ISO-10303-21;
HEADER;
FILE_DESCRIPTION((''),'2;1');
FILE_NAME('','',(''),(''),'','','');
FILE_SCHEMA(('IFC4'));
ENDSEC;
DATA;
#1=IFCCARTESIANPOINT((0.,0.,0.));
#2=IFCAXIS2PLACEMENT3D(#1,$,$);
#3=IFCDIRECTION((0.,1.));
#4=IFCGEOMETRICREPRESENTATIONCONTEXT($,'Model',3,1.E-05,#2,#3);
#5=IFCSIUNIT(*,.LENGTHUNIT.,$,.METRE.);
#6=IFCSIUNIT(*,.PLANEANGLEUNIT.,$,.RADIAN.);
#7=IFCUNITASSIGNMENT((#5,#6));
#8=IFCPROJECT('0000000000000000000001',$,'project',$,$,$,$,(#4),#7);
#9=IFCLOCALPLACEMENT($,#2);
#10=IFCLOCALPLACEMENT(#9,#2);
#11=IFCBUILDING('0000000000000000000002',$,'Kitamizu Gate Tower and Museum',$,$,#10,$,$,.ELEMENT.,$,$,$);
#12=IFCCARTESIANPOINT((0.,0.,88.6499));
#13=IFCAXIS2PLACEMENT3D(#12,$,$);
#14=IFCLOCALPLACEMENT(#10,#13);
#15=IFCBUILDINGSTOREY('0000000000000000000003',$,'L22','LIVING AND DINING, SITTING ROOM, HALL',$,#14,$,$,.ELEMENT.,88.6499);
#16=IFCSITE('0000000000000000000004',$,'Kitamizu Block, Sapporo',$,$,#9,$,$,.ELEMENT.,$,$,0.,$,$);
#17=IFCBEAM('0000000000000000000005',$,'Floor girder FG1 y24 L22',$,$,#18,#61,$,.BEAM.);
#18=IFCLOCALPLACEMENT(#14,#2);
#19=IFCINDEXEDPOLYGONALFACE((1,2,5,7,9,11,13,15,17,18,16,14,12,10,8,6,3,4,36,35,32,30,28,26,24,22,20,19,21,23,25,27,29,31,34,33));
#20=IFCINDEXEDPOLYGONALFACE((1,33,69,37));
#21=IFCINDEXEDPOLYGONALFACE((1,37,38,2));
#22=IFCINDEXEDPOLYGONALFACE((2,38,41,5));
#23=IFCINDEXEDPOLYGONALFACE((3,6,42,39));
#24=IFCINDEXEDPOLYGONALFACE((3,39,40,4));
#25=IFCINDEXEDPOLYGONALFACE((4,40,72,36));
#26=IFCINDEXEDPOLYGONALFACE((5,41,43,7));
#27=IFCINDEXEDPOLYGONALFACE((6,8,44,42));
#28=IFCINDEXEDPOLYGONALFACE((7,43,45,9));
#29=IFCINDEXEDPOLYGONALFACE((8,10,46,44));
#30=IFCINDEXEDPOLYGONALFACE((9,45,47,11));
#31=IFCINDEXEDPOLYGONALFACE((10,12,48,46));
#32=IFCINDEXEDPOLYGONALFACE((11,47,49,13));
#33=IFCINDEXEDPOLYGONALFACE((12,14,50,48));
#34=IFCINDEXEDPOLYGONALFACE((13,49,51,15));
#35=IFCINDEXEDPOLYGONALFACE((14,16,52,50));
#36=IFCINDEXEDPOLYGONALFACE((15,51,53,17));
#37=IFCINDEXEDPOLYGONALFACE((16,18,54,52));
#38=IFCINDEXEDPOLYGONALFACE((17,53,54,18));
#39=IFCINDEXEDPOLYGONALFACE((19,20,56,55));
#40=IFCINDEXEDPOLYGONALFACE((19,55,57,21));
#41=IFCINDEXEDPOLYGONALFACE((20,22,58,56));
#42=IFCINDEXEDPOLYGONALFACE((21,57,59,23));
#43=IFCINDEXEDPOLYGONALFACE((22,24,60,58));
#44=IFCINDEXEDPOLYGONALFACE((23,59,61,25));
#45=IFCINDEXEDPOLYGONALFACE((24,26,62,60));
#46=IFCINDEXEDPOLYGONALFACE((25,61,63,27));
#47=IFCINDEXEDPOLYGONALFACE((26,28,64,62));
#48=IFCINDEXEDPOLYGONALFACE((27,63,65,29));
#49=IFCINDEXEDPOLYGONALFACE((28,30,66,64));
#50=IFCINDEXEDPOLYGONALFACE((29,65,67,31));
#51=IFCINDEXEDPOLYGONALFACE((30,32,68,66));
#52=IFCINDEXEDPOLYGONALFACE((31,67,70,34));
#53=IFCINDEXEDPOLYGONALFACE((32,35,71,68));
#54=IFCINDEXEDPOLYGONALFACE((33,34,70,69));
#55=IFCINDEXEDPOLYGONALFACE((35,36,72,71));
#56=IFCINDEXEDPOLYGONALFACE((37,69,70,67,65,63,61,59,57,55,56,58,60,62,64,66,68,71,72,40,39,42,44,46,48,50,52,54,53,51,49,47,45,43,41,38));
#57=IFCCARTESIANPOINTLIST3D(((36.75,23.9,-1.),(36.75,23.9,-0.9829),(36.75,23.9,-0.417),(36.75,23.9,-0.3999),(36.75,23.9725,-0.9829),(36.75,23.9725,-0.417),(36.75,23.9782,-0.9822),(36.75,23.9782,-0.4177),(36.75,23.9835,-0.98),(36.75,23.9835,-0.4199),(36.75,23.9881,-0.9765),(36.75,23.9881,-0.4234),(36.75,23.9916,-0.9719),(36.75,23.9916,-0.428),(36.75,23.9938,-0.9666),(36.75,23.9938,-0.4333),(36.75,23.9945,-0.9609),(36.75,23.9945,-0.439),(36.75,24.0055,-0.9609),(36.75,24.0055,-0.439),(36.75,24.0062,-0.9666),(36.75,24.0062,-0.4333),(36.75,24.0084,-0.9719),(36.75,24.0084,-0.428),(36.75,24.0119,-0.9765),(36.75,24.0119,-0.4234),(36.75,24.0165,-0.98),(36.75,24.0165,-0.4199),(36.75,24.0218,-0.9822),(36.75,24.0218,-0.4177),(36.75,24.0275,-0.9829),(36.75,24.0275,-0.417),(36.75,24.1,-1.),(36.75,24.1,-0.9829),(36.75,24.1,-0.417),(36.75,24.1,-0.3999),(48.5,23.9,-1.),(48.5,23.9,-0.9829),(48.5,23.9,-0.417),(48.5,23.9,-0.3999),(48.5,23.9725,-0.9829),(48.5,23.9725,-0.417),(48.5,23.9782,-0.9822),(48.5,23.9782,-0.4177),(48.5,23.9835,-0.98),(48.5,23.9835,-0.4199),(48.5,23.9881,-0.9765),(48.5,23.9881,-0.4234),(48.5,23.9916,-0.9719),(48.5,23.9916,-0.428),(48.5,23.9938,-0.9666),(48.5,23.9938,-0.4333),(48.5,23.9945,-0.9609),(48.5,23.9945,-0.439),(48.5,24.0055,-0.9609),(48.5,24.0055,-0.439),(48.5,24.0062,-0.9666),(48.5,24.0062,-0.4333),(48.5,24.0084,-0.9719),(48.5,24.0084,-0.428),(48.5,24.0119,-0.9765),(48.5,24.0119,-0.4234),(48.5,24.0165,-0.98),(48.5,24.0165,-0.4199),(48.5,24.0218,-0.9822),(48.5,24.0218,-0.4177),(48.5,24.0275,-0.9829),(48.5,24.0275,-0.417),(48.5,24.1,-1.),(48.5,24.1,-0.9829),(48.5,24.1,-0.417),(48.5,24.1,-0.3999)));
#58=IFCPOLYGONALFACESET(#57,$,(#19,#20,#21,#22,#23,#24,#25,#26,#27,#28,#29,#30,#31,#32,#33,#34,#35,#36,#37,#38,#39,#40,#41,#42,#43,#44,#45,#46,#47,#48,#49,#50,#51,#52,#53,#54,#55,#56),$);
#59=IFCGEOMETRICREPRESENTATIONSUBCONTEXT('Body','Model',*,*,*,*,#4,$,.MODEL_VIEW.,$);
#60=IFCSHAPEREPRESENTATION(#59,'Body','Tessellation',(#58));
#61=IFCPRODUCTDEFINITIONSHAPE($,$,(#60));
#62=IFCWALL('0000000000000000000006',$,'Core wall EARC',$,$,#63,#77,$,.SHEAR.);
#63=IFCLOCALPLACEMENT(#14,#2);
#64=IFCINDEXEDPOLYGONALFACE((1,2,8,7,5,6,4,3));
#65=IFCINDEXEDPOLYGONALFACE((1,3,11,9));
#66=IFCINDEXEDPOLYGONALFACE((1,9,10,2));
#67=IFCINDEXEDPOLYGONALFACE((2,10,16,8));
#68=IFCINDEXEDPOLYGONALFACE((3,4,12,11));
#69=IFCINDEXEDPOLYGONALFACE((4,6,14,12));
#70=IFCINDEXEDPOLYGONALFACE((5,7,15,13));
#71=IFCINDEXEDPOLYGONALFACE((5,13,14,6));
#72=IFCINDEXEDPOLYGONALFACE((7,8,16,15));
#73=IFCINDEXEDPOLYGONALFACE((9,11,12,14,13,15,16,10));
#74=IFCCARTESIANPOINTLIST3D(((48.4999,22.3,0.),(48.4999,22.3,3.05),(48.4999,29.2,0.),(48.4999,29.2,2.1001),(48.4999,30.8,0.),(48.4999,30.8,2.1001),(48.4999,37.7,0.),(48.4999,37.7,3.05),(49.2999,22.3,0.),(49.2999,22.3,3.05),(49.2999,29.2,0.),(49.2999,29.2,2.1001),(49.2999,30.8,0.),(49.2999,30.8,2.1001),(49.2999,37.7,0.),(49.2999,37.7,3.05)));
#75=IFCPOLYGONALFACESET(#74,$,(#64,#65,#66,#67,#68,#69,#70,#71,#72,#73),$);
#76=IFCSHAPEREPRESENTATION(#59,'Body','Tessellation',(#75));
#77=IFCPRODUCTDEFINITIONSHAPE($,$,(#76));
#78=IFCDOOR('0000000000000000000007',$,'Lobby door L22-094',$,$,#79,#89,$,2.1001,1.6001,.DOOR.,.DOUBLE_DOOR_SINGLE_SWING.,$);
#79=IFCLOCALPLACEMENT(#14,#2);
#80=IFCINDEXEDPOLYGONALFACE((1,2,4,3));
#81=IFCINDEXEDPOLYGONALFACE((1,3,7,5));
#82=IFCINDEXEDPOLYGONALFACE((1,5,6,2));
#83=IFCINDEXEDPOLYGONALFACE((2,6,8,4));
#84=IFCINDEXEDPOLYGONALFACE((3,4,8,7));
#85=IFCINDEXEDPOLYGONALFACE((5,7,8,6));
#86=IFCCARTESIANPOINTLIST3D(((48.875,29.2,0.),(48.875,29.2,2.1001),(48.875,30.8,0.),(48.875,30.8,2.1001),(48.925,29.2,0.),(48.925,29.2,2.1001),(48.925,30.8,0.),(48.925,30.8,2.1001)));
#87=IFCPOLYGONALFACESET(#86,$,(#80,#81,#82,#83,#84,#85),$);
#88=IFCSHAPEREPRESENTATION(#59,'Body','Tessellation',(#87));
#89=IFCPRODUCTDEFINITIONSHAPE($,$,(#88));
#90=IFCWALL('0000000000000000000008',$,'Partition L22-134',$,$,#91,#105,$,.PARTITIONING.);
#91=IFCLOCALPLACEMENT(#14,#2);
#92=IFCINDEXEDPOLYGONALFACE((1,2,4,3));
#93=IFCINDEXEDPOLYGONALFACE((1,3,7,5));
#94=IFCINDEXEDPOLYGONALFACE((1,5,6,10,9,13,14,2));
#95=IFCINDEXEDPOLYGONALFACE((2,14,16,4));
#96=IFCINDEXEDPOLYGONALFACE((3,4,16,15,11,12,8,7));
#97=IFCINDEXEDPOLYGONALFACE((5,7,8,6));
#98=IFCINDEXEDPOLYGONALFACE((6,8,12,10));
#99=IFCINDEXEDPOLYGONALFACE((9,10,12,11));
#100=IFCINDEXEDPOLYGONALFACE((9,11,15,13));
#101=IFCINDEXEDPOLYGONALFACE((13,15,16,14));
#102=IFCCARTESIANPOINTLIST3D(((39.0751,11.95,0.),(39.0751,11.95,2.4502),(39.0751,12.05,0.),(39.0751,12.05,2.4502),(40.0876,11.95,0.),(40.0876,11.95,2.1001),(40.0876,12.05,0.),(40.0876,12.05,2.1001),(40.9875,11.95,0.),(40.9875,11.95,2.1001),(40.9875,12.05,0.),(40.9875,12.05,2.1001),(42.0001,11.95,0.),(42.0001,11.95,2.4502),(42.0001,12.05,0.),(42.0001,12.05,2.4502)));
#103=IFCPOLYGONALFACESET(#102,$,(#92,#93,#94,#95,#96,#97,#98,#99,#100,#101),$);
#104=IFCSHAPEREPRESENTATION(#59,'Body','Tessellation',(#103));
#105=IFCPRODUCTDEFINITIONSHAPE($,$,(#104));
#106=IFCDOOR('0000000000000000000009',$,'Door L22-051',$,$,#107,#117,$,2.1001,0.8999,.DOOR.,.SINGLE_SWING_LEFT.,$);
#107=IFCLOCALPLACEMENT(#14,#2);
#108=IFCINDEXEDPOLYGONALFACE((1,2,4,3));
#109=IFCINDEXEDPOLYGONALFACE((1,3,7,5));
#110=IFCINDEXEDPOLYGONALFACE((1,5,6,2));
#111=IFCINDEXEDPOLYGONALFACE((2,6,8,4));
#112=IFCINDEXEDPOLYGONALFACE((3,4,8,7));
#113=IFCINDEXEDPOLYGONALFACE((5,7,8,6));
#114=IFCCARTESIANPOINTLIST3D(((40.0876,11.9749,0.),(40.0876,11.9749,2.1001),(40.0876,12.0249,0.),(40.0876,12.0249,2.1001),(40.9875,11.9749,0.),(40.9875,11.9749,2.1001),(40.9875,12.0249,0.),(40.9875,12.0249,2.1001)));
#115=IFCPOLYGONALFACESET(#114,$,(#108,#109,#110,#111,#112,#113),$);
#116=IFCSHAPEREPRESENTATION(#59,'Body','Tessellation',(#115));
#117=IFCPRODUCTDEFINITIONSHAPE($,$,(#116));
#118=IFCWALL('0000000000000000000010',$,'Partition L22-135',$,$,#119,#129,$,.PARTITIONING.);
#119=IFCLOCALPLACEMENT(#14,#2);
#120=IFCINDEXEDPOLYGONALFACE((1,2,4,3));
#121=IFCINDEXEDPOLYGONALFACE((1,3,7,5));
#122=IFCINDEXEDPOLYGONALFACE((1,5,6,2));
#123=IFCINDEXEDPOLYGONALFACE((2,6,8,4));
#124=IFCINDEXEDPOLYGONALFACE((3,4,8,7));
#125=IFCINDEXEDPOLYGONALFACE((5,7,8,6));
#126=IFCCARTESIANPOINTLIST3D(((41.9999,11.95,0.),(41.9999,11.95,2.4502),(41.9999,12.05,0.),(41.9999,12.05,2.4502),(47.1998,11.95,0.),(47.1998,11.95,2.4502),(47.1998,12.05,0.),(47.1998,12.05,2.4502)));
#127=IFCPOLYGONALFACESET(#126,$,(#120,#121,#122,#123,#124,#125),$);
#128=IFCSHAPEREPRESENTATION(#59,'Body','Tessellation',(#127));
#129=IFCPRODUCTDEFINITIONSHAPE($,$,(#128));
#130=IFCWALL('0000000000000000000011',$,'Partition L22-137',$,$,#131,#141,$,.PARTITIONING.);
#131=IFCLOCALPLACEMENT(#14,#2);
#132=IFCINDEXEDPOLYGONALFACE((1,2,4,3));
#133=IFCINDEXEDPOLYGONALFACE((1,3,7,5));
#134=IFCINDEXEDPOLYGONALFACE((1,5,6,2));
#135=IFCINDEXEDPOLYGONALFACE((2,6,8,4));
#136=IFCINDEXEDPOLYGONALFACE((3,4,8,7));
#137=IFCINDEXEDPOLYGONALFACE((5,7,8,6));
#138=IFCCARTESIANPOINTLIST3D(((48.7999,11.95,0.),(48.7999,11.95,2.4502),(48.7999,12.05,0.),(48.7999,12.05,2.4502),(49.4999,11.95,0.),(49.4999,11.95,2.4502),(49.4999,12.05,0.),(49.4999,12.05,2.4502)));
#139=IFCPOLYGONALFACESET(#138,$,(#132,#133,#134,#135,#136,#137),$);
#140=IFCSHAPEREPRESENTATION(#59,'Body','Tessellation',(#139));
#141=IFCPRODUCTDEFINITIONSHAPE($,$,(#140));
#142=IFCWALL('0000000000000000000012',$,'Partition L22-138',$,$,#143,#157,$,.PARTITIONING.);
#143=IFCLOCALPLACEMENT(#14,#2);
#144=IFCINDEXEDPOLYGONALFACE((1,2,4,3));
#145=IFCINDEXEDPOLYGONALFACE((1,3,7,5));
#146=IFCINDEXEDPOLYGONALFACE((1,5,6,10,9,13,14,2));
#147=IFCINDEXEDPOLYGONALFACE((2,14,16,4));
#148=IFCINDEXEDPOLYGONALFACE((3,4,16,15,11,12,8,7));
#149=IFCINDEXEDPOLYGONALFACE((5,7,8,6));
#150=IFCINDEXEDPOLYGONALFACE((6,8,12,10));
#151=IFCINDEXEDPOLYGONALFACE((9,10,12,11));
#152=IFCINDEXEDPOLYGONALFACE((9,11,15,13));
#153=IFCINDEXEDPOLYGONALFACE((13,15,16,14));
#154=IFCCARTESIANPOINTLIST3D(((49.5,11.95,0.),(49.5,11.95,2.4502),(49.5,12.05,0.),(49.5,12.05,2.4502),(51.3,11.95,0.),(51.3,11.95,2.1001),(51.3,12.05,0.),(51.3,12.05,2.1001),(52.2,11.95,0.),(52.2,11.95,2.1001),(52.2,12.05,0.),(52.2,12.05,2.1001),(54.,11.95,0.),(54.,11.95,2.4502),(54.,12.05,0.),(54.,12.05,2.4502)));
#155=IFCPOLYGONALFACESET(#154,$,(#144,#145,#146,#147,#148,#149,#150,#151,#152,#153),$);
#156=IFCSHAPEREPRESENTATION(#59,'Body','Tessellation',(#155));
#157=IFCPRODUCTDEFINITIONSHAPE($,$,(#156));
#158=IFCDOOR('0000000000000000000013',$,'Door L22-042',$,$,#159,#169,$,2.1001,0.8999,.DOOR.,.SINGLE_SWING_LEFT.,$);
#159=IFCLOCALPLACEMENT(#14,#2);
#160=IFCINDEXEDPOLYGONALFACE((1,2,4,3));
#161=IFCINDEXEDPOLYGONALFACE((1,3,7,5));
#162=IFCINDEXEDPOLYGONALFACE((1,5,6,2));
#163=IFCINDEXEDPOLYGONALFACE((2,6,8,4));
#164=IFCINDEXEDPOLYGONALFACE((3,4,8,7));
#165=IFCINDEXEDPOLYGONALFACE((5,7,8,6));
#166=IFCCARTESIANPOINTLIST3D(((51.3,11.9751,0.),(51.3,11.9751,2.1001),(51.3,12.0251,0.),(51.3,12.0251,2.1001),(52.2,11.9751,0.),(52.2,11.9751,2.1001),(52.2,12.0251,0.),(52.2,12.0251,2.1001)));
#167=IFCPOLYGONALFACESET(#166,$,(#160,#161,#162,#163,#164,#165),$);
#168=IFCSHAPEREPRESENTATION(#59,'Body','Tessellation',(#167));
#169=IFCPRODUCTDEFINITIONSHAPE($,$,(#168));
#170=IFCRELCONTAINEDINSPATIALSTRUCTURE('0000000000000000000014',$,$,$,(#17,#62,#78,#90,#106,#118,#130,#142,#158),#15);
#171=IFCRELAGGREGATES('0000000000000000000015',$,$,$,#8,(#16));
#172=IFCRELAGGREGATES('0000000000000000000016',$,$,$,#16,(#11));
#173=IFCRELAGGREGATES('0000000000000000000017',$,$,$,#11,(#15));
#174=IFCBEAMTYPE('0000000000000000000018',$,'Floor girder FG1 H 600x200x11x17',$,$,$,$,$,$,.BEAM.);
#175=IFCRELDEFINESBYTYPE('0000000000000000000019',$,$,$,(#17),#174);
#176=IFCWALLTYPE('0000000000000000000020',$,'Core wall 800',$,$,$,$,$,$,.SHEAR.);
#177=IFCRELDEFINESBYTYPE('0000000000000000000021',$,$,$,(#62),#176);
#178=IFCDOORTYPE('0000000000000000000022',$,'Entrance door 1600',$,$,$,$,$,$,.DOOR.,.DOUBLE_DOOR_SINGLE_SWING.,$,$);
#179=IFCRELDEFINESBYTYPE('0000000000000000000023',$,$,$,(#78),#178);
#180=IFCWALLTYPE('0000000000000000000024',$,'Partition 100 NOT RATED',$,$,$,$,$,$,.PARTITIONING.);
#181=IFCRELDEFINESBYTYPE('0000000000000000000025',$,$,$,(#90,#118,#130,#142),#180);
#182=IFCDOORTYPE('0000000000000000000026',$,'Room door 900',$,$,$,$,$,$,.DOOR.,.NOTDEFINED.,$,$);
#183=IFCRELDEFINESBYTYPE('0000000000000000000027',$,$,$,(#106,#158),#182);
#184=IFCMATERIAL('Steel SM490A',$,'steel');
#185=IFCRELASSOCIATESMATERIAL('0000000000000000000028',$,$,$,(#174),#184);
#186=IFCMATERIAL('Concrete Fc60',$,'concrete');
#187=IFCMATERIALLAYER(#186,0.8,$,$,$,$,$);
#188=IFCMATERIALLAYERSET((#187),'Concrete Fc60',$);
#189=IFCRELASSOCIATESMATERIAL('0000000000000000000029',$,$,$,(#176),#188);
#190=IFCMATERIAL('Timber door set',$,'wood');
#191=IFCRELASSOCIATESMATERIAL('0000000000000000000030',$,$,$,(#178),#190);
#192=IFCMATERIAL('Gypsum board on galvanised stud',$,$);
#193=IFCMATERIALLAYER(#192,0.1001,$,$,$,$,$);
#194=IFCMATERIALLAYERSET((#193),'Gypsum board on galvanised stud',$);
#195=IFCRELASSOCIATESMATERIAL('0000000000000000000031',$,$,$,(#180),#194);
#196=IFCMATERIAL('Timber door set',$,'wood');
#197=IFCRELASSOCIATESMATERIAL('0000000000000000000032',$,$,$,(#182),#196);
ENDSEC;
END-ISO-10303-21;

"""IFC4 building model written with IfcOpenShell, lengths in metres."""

from ifc_helpers import new_model, si_unit, direction, frame, frame_2d, origin, origin_2d, place, context, subcontext, project, spatial, rectangle, i_section, extrude, material, layer, layer_set, material_profile, profile_set, type_object, element, fill, save


model = new_model("IFC4")

# Units and contexts
model_context = context("Model", 3, precision=1e-05, world=origin(), true_north=direction((0.0, 1.0)))
body_context = subcontext(model_context, "Body", "Model", "MODEL_VIEW")
ifc_project = project(units=[si_unit("LENGTHUNIT", "METRE"), si_unit("PLANEANGLEUNIT", "RADIAN")], contexts=[model_context])

# Site, building, storey
site_placement = place(None, origin())
site = spatial("IfcSite", under=ifc_project, at=site_placement, Name="Kitamizu Block, Sapporo", CompositionType="ELEMENT", RefElevation=0.0)
building_placement = place(site_placement, origin())
building = spatial("IfcBuilding", under=site, at=building_placement, Name="Kitamizu Gate Tower and Museum", CompositionType="ELEMENT")
storey_placement = place(building_placement, frame((0.0, 0.0, 88.6499)))
storey = spatial("IfcBuildingStorey", under=building, at=storey_placement, Name="L22", Description="LIVING AND DINING, SITTING ROOM, HALL", CompositionType="ELEMENT", Elevation=88.6499)

# Beam
ifc_material_1 = material(Name="Steel SM490A", Category="steel")
ifc_material_profile_1 = material_profile(ifc_material_1, i_section(OverallWidth=0.2, OverallDepth=0.6001, WebThickness=0.011, FlangeThickness=0.0171, FilletRadius=0.022, at=origin_2d()), Name="H-600x200x11x17")
ifc_profile_set_1 = profile_set([ifc_material_profile_1], Name="Steel SM490A")
beam_type_1 = type_object("IfcBeamType", Name="Floor girder FG1 H 600x200x11x17", PredefinedType="BEAM", material=ifc_profile_set_1)
beam_1_placement = place(storey_placement, frame((36.75, 24.0, -0.7), z_axis=(1.0, 0.0, 0.0), x_axis=(0.0, 1.0, 0.0)))
element("IfcBeam", 1, at=beam_1_placement, inside=storey, type_object=beam_type_1, Name="Floor girder FG1 y24 L22", PredefinedType="BEAM", context=body_context, shape_type="SweptSolid", body=[
    extrude(i_section(OverallWidth=0.2, OverallDepth=0.6001, WebThickness=0.011, FlangeThickness=0.0171, FilletRadius=0.022, at=origin_2d()), origin(), (0.0, 0.0, 1.0), 11.75),
])

# Walls, openings, doors
ifc_material_2 = material(Name="Concrete Fc60", Category="concrete")
ifc_layer_1 = layer(ifc_material_2, 0.8)
ifc_layer_set_1 = layer_set([ifc_layer_1], Name="Concrete Fc60")
wall_type_1 = type_object("IfcWallType", Name="Core wall 800", PredefinedType="SHEAR", material=ifc_layer_set_1)
wall_1_placement = place(storey_placement, frame((48.8999, 22.3, 0.0), z_axis=(0.0, 0.0, 1.0), x_axis=(0.0, 1.0, 0.0)))
wall_1 = element("IfcWall", 2, at=wall_1_placement, inside=storey, type_object=wall_type_1, Name="Core wall EARC", PredefinedType="SHEAR", context=body_context, shape_type="SweptSolid", body=[
    extrude(rectangle(XDim=15.3999, YDim=0.8, at=frame_2d((7.7, 0.0))), origin(), (0.0, 0.0, 1.0), 3.05),
])
opening_1_placement = place(wall_1_placement, frame((6.8999, 0.0, 0.0)))
opening_1 = element("IfcOpeningElement", 3, at=opening_1_placement, cuts=wall_1, PredefinedType="OPENING", context=body_context, shape_type="SweptSolid", body=[
    extrude(rectangle(XDim=1.6001, YDim=2.1001, at=frame_2d((0.8, 1.05))), frame((0.0, 0.4102, 0.0), z_axis=(0.0, -1.0, 0.0), x_axis=(1.0, 0.0, 0.0)), (0.0, 0.0, 1.0), 0.8201),
])
ifc_material_3 = material(Name="Timber door set", Category="wood")
door_type_1 = type_object("IfcDoorType", Name="Entrance door 1600", OperationType="DOUBLE_DOOR_SINGLE_SWING", PredefinedType="DOOR", material=ifc_material_3)
door_1_placement = place(opening_1_placement, origin())
door_1 = element("IfcDoor", 4, at=door_1_placement, inside=storey, type_object=door_type_1, Name="Lobby door L22-094", OperationType="DOUBLE_DOOR_SINGLE_SWING", OverallHeight=2.1001, OverallWidth=1.6001, PredefinedType="DOOR", context=body_context, shape_type="SweptSolid", body=[
    extrude(rectangle(XDim=1.6001, YDim=2.1001, at=frame_2d((0.8, 1.05))), frame((0.0, 0.0249, 0.0), z_axis=(0.0, -1.0, 0.0), x_axis=(1.0, 0.0, 0.0)), (0.0, 0.0, 1.0), 0.05),
])
fill(opening_1, door_1)
ifc_material_4 = material(Name="Gypsum board on galvanised stud")
ifc_layer_2 = layer(ifc_material_4, 0.1001)
ifc_layer_set_2 = layer_set([ifc_layer_2], Name="Gypsum board on galvanised stud")
wall_type_2 = type_object("IfcWallType", Name="Partition 100 NOT RATED", PredefinedType="PARTITIONING", material=ifc_layer_set_2)
wall_2_placement = place(storey_placement, frame((42.0, 12.0, 0.0), z_axis=(0.0, 0.0, 1.0), x_axis=(-1.0, 0.0, 0.0)))
wall_2 = element("IfcWall", 5, at=wall_2_placement, inside=storey, type_object=wall_type_2, Name="Partition L22-134", PredefinedType="PARTITIONING", context=body_context, shape_type="SweptSolid", body=[
    extrude(rectangle(XDim=2.925, YDim=0.1001, at=frame_2d((1.4624, 0.0))), origin(), (0.0, 0.0, 1.0), 2.4502),
])
opening_2_placement = place(wall_2_placement, frame((1.0125, 0.0, 0.0)))
opening_2 = element("IfcOpeningElement", 6, at=opening_2_placement, cuts=wall_2, PredefinedType="OPENING", context=body_context, shape_type="SweptSolid", body=[
    extrude(rectangle(XDim=0.8999, YDim=2.1001, at=frame_2d((0.45, 1.05))), frame((0.0, 0.0601, 0.0), z_axis=(0.0, -1.0, 0.0), x_axis=(1.0, 0.0, 0.0)), (0.0, 0.0, 1.0), 0.1201),
])
ifc_material_5 = material(Name="Timber door set", Category="wood")
door_type_2 = type_object("IfcDoorType", Name="Room door 900", OperationType="NOTDEFINED", PredefinedType="DOOR", material=ifc_material_5)
door_2_placement = place(opening_2_placement, frame((0.8999, 0.0, 0.0), x_axis=(-1.0, 0.0, 0.0)))
door_2 = element("IfcDoor", 7, at=door_2_placement, inside=storey, type_object=door_type_2, Name="Door L22-051", OperationType="SINGLE_SWING_LEFT", OverallHeight=2.1001, OverallWidth=0.8999, PredefinedType="DOOR", context=body_context, shape_type="SweptSolid", body=[
    extrude(rectangle(XDim=0.8999, YDim=2.1001, at=frame_2d((0.45, 1.05))), frame((0.0, 0.0249, 0.0), z_axis=(0.0, -1.0, 0.0), x_axis=(1.0, 0.0, 0.0)), (0.0, 0.0, 1.0), 0.05),
])
fill(opening_2, door_2)

# Walls
wall_3_placement = place(storey_placement, frame((47.2, 12.0, 0.0), z_axis=(0.0, 0.0, 1.0), x_axis=(-1.0, 0.0, 0.0)))
element("IfcWall", 8, at=wall_3_placement, inside=storey, type_object=wall_type_2, Name="Partition L22-135", PredefinedType="PARTITIONING", context=body_context, shape_type="SweptSolid", body=[
    extrude(rectangle(XDim=5.2, YDim=0.1001, at=frame_2d((2.6001, 0.0))), origin(), (0.0, 0.0, 1.0), 2.4502),
])
wall_4_placement = place(storey_placement, frame((49.5, 12.0, 0.0), z_axis=(0.0, 0.0, 1.0), x_axis=(-1.0, 0.0, 0.0)))
element("IfcWall", 9, at=wall_4_placement, inside=storey, type_object=wall_type_2, Name="Partition L22-137", PredefinedType="PARTITIONING", context=body_context, shape_type="SweptSolid", body=[
    extrude(rectangle(XDim=0.7, YDim=0.1001, at=frame_2d((0.3501, 0.0))), origin(), (0.0, 0.0, 1.0), 2.4502),
])

# Wall, opening, door
wall_5_placement = place(storey_placement, frame((54.0, 12.0, 0.0), z_axis=(0.0, 0.0, 1.0), x_axis=(-1.0, 0.0, 0.0)))
wall_5 = element("IfcWall", 10, at=wall_5_placement, inside=storey, type_object=wall_type_2, Name="Partition L22-138", PredefinedType="PARTITIONING", context=body_context, shape_type="SweptSolid", body=[
    extrude(rectangle(XDim=4.5, YDim=0.1001, at=frame_2d((2.25, 0.0))), origin(), (0.0, 0.0, 1.0), 2.4502),
])
opening_3_placement = place(wall_5_placement, frame((1.8, 0.0, 0.0)))
opening_3 = element("IfcOpeningElement", 11, at=opening_3_placement, cuts=wall_5, PredefinedType="OPENING", context=body_context, shape_type="SweptSolid", body=[
    extrude(rectangle(XDim=0.8999, YDim=2.1001, at=frame_2d((0.45, 1.05))), frame((0.0, 0.0601, 0.0), z_axis=(0.0, -1.0, 0.0), x_axis=(1.0, 0.0, 0.0)), (0.0, 0.0, 1.0), 0.1201),
])
door_3_placement = place(opening_3_placement, origin())
door_3 = element("IfcDoor", 12, at=door_3_placement, inside=storey, type_object=door_type_2, Name="Door L22-042", OperationType="SINGLE_SWING_LEFT", OverallHeight=2.1001, OverallWidth=0.8999, PredefinedType="DOOR", context=body_context, shape_type="SweptSolid", body=[
    extrude(rectangle(XDim=0.8999, YDim=2.1001, at=frame_2d((0.45, 1.05))), frame((0.0, 0.0249, 0.0), z_axis=(0.0, -1.0, 0.0), x_axis=(1.0, 0.0, 0.0)), (0.0, 0.0, 1.0), 0.05),
])
fill(opening_3, door_3)

save(model, "model.ifc")
